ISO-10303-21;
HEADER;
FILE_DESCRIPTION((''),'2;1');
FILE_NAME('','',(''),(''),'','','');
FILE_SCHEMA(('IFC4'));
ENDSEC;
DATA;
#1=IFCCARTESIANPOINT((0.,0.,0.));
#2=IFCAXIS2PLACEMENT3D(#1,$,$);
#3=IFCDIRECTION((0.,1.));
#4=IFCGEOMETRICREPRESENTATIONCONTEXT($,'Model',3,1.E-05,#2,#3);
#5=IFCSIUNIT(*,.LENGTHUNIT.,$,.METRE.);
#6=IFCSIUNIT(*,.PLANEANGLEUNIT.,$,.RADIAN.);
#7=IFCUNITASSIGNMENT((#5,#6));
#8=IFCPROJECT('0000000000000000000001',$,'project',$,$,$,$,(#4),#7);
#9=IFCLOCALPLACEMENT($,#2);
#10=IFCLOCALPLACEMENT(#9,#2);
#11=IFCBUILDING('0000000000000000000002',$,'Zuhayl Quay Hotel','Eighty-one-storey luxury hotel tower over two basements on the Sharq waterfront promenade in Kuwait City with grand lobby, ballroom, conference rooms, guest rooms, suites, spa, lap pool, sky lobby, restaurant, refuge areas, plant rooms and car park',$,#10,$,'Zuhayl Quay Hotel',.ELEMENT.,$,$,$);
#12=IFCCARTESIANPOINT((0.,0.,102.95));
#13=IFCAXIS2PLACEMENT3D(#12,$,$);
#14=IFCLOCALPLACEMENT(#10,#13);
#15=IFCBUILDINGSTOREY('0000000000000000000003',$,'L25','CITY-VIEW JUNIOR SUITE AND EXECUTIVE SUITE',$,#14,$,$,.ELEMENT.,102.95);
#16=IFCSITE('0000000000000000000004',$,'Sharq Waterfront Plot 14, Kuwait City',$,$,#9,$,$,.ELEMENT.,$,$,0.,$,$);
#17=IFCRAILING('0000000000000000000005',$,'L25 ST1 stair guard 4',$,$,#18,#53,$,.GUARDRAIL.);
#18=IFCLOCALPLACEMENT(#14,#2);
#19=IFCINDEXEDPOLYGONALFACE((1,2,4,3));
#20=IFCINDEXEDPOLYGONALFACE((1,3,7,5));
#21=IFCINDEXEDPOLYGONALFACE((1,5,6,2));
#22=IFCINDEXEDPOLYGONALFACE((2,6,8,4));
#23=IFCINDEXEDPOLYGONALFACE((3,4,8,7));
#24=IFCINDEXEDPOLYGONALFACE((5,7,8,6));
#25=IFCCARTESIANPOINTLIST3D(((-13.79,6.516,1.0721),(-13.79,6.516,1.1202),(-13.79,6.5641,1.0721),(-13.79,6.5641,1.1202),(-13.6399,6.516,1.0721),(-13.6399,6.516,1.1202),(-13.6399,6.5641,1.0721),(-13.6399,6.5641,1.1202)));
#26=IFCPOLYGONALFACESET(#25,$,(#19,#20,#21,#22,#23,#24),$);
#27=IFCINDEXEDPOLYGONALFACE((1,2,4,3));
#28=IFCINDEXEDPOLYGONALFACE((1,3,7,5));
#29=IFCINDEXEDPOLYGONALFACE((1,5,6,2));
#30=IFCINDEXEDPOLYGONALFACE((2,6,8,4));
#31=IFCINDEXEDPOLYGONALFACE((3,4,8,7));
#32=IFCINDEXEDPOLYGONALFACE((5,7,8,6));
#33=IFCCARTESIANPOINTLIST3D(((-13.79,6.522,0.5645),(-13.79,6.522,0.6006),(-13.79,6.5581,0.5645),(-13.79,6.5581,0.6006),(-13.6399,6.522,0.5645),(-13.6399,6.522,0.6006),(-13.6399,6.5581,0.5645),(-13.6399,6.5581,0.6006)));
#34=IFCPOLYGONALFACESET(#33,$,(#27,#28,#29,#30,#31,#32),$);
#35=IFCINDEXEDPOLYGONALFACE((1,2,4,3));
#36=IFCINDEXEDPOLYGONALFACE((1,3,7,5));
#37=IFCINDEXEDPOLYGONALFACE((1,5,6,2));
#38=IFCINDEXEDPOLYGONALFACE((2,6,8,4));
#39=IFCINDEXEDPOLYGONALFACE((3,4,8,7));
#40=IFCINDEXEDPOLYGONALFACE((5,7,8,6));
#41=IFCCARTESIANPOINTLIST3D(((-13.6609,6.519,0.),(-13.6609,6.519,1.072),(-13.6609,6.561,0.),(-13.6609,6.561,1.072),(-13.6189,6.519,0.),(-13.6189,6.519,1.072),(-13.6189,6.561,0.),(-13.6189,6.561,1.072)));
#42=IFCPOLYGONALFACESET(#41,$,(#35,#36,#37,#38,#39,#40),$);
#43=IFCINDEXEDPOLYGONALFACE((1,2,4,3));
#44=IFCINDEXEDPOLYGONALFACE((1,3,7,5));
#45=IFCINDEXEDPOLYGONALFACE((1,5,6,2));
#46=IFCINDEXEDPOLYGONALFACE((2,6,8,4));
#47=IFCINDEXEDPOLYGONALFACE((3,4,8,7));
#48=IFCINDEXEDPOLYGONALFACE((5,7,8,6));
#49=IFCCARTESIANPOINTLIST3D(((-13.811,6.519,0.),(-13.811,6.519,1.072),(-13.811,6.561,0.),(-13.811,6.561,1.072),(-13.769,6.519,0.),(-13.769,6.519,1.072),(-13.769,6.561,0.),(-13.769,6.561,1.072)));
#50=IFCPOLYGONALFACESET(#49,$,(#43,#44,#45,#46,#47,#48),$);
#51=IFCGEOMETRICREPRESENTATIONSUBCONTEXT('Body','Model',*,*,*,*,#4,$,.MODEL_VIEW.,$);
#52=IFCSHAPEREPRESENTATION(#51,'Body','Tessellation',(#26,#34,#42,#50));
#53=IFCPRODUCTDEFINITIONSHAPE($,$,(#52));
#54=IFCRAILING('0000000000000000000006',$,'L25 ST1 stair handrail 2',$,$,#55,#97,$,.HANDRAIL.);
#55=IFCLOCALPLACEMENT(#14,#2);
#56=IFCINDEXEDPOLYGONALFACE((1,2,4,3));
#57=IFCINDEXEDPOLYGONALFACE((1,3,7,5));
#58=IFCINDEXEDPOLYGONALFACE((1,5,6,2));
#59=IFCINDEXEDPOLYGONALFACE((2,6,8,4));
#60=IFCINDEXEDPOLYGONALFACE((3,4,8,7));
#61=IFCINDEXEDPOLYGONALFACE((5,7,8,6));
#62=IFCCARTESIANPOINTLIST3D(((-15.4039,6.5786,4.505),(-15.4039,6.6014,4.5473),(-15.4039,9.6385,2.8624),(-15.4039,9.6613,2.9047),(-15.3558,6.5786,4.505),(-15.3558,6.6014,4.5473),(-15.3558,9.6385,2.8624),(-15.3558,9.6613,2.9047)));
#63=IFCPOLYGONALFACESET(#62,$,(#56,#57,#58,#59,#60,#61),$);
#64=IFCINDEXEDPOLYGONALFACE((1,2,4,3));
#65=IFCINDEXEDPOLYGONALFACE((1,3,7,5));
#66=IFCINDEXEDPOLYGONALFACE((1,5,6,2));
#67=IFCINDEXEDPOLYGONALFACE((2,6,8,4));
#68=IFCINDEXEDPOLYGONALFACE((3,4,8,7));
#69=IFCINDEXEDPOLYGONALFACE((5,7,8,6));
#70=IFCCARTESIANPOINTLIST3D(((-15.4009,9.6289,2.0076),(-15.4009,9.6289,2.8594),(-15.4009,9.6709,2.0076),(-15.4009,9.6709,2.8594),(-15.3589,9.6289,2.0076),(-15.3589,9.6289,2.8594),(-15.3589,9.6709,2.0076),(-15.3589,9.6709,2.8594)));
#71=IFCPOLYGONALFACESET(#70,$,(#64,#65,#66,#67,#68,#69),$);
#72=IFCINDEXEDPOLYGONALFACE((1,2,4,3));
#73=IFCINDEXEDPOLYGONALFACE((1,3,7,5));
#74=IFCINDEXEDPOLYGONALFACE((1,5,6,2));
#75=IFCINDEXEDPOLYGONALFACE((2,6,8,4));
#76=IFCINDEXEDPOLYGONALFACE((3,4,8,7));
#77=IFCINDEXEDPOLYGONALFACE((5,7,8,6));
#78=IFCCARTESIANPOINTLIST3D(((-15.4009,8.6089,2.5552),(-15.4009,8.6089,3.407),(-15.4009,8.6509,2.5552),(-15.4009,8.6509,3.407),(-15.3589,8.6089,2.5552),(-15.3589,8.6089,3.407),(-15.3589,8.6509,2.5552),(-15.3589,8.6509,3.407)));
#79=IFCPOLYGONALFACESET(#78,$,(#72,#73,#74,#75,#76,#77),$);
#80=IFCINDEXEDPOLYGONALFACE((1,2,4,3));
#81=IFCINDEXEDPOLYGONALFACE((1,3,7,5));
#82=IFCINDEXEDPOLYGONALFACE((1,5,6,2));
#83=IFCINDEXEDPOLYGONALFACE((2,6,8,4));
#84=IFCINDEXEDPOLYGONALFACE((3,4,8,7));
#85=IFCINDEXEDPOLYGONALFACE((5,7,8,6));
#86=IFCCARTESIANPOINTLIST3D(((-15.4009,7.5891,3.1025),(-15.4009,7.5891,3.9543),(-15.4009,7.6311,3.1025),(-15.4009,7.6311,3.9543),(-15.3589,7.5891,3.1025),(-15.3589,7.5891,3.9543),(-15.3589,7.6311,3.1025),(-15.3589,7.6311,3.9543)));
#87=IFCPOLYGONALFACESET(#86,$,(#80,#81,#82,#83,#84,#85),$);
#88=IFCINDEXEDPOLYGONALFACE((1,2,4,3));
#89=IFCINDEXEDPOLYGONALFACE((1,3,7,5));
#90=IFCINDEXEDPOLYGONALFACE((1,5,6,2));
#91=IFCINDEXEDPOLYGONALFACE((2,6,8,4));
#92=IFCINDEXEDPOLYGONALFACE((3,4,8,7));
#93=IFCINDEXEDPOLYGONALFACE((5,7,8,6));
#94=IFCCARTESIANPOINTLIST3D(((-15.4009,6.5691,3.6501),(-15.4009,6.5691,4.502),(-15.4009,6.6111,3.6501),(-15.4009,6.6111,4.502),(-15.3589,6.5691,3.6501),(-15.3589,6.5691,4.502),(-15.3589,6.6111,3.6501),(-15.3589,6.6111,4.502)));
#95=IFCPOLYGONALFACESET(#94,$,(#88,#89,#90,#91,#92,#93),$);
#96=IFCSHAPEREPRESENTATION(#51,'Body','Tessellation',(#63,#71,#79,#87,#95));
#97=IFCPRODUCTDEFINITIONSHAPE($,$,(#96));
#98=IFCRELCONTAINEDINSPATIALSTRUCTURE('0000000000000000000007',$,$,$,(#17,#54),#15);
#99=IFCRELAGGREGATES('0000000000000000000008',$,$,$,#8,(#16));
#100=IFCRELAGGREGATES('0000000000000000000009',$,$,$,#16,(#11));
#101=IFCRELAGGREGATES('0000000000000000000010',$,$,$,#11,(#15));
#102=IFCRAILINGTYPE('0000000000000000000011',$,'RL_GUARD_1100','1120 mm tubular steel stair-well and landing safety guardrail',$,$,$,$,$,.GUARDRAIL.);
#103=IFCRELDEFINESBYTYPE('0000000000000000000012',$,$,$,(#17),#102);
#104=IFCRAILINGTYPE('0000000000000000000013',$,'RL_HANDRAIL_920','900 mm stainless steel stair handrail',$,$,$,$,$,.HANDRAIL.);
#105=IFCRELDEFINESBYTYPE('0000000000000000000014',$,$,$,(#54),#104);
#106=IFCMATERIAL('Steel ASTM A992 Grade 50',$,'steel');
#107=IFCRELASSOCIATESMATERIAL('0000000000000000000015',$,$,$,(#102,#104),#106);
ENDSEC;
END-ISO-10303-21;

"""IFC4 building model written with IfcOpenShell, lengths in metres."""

from ifc_helpers import new_model, si_unit, direction, frame, origin, origin_2d, place, context, subcontext, project, spatial, rectangle, extrude, material, type_object, element, save


model = new_model("IFC4")

# Units and contexts
model_context = context("Model", 3, precision=1e-05, world=origin(), true_north=direction((0.0, 1.0)))
body_context = subcontext(model_context, "Body", "Model", "MODEL_VIEW")
ifc_project = project(units=[si_unit("LENGTHUNIT", "METRE"), si_unit("PLANEANGLEUNIT", "RADIAN")], contexts=[model_context])

# Site, building, storey
site_placement = place(None, origin())
site = spatial("IfcSite", under=ifc_project, at=site_placement, Name="Sharq Waterfront Plot 14, Kuwait City", CompositionType="ELEMENT", RefElevation=0.0)
building_placement = place(site_placement, origin())
building = spatial("IfcBuilding", under=site, at=building_placement, Name="Zuhayl Quay Hotel", Description="Eighty-one-storey luxury hotel tower over two basements on the Sharq waterfront promenade in Kuwait City with grand lobby, ballroom, conference rooms, guest rooms, suites, spa, lap pool, sky lobby, restaurant, refuge areas, plant rooms and car park", LongName="Zuhayl Quay Hotel", CompositionType="ELEMENT")
storey_placement = place(building_placement, frame((0.0, 0.0, 102.95)))
storey = spatial("IfcBuildingStorey", under=building, at=storey_placement, Name="L25", Description="CITY-VIEW JUNIOR SUITE AND EXECUTIVE SUITE", CompositionType="ELEMENT", Elevation=102.95)

# Shared definitions
ifc_material_1 = material(Name="Steel ASTM A992 Grade 50", Category="steel")

# Railings
railing_type_1 = type_object("IfcRailingType", Name="RL_GUARD_1100", Description="1120 mm tubular steel stair-well and landing safety guardrail", PredefinedType="GUARDRAIL", material=ifc_material_1)
railing_1_placement = place(storey_placement, frame((-13.6399, 6.54, 0.0)))
element("IfcRailing", 1, at=railing_1_placement, inside=storey, type_object=railing_type_1, Name="L25 ST1 stair guard 4", PredefinedType="GUARDRAIL", context=body_context, shape_type="SweptSolid", body=[
    extrude(rectangle(XDim=0.0481, YDim=0.0481, at=origin_2d()), frame((0.0, 0.0, 1.0962), z_axis=(-1.0, 0.0, 0.0), x_axis=(0.0, -1.0, 0.0)), (0.0, 0.0, 1.0), 0.1501),
    extrude(rectangle(XDim=0.0361, YDim=0.0361, at=origin_2d()), frame((0.0, 0.0, 0.5825), z_axis=(-1.0, 0.0, 0.0), x_axis=(0.0, -1.0, 0.0)), (0.0, 0.0, 1.0), 0.1501),
    extrude(rectangle(XDim=0.042, YDim=0.042, at=origin_2d()), origin(), (0.0, 0.0, 1.0), 1.072),
    extrude(rectangle(XDim=0.042, YDim=0.042, at=origin_2d()), frame((-0.1501, 0.0, 0.0)), (0.0, 0.0, 1.0), 1.072),
])
railing_type_2 = type_object("IfcRailingType", Name="RL_HANDRAIL_920", Description="900 mm stainless steel stair handrail", PredefinedType="HANDRAIL", material=ifc_material_1)
railing_2_placement = place(storey_placement, frame((-15.3799, 9.6499, 2.0076)))
element("IfcRailing", 2, at=railing_2_placement, inside=storey, type_object=railing_type_2, Name="L25 ST1 stair handrail 2", PredefinedType="HANDRAIL", context=body_context, shape_type="SweptSolid", body=[
    extrude(rectangle(XDim=0.0481, YDim=0.0481, at=origin_2d()), frame((0.0, 0.0, 0.876), z_axis=(0.0, -0.881073, 0.47298), x_axis=(1.0, 0.0, 0.0)), (0.0, 0.0, 1.0), 3.4729),
    extrude(rectangle(XDim=0.042, YDim=0.042, at=origin_2d()), origin(), (0.0, 0.0, 1.0), 0.8518),
    extrude(rectangle(XDim=0.042, YDim=0.042, at=origin_2d()), frame((0.0, -1.02, 0.5476)), (0.0, 0.0, 1.0), 0.8518),
    extrude(rectangle(XDim=0.042, YDim=0.042, at=origin_2d()), frame((0.0, -2.0398, 1.095)), (0.0, 0.0, 1.0), 0.8518),
    extrude(rectangle(XDim=0.042, YDim=0.042, at=origin_2d()), frame((0.0, -3.0598, 1.6426)), (0.0, 0.0, 1.0), 0.8518),
])

save(model, "model.ifc")
